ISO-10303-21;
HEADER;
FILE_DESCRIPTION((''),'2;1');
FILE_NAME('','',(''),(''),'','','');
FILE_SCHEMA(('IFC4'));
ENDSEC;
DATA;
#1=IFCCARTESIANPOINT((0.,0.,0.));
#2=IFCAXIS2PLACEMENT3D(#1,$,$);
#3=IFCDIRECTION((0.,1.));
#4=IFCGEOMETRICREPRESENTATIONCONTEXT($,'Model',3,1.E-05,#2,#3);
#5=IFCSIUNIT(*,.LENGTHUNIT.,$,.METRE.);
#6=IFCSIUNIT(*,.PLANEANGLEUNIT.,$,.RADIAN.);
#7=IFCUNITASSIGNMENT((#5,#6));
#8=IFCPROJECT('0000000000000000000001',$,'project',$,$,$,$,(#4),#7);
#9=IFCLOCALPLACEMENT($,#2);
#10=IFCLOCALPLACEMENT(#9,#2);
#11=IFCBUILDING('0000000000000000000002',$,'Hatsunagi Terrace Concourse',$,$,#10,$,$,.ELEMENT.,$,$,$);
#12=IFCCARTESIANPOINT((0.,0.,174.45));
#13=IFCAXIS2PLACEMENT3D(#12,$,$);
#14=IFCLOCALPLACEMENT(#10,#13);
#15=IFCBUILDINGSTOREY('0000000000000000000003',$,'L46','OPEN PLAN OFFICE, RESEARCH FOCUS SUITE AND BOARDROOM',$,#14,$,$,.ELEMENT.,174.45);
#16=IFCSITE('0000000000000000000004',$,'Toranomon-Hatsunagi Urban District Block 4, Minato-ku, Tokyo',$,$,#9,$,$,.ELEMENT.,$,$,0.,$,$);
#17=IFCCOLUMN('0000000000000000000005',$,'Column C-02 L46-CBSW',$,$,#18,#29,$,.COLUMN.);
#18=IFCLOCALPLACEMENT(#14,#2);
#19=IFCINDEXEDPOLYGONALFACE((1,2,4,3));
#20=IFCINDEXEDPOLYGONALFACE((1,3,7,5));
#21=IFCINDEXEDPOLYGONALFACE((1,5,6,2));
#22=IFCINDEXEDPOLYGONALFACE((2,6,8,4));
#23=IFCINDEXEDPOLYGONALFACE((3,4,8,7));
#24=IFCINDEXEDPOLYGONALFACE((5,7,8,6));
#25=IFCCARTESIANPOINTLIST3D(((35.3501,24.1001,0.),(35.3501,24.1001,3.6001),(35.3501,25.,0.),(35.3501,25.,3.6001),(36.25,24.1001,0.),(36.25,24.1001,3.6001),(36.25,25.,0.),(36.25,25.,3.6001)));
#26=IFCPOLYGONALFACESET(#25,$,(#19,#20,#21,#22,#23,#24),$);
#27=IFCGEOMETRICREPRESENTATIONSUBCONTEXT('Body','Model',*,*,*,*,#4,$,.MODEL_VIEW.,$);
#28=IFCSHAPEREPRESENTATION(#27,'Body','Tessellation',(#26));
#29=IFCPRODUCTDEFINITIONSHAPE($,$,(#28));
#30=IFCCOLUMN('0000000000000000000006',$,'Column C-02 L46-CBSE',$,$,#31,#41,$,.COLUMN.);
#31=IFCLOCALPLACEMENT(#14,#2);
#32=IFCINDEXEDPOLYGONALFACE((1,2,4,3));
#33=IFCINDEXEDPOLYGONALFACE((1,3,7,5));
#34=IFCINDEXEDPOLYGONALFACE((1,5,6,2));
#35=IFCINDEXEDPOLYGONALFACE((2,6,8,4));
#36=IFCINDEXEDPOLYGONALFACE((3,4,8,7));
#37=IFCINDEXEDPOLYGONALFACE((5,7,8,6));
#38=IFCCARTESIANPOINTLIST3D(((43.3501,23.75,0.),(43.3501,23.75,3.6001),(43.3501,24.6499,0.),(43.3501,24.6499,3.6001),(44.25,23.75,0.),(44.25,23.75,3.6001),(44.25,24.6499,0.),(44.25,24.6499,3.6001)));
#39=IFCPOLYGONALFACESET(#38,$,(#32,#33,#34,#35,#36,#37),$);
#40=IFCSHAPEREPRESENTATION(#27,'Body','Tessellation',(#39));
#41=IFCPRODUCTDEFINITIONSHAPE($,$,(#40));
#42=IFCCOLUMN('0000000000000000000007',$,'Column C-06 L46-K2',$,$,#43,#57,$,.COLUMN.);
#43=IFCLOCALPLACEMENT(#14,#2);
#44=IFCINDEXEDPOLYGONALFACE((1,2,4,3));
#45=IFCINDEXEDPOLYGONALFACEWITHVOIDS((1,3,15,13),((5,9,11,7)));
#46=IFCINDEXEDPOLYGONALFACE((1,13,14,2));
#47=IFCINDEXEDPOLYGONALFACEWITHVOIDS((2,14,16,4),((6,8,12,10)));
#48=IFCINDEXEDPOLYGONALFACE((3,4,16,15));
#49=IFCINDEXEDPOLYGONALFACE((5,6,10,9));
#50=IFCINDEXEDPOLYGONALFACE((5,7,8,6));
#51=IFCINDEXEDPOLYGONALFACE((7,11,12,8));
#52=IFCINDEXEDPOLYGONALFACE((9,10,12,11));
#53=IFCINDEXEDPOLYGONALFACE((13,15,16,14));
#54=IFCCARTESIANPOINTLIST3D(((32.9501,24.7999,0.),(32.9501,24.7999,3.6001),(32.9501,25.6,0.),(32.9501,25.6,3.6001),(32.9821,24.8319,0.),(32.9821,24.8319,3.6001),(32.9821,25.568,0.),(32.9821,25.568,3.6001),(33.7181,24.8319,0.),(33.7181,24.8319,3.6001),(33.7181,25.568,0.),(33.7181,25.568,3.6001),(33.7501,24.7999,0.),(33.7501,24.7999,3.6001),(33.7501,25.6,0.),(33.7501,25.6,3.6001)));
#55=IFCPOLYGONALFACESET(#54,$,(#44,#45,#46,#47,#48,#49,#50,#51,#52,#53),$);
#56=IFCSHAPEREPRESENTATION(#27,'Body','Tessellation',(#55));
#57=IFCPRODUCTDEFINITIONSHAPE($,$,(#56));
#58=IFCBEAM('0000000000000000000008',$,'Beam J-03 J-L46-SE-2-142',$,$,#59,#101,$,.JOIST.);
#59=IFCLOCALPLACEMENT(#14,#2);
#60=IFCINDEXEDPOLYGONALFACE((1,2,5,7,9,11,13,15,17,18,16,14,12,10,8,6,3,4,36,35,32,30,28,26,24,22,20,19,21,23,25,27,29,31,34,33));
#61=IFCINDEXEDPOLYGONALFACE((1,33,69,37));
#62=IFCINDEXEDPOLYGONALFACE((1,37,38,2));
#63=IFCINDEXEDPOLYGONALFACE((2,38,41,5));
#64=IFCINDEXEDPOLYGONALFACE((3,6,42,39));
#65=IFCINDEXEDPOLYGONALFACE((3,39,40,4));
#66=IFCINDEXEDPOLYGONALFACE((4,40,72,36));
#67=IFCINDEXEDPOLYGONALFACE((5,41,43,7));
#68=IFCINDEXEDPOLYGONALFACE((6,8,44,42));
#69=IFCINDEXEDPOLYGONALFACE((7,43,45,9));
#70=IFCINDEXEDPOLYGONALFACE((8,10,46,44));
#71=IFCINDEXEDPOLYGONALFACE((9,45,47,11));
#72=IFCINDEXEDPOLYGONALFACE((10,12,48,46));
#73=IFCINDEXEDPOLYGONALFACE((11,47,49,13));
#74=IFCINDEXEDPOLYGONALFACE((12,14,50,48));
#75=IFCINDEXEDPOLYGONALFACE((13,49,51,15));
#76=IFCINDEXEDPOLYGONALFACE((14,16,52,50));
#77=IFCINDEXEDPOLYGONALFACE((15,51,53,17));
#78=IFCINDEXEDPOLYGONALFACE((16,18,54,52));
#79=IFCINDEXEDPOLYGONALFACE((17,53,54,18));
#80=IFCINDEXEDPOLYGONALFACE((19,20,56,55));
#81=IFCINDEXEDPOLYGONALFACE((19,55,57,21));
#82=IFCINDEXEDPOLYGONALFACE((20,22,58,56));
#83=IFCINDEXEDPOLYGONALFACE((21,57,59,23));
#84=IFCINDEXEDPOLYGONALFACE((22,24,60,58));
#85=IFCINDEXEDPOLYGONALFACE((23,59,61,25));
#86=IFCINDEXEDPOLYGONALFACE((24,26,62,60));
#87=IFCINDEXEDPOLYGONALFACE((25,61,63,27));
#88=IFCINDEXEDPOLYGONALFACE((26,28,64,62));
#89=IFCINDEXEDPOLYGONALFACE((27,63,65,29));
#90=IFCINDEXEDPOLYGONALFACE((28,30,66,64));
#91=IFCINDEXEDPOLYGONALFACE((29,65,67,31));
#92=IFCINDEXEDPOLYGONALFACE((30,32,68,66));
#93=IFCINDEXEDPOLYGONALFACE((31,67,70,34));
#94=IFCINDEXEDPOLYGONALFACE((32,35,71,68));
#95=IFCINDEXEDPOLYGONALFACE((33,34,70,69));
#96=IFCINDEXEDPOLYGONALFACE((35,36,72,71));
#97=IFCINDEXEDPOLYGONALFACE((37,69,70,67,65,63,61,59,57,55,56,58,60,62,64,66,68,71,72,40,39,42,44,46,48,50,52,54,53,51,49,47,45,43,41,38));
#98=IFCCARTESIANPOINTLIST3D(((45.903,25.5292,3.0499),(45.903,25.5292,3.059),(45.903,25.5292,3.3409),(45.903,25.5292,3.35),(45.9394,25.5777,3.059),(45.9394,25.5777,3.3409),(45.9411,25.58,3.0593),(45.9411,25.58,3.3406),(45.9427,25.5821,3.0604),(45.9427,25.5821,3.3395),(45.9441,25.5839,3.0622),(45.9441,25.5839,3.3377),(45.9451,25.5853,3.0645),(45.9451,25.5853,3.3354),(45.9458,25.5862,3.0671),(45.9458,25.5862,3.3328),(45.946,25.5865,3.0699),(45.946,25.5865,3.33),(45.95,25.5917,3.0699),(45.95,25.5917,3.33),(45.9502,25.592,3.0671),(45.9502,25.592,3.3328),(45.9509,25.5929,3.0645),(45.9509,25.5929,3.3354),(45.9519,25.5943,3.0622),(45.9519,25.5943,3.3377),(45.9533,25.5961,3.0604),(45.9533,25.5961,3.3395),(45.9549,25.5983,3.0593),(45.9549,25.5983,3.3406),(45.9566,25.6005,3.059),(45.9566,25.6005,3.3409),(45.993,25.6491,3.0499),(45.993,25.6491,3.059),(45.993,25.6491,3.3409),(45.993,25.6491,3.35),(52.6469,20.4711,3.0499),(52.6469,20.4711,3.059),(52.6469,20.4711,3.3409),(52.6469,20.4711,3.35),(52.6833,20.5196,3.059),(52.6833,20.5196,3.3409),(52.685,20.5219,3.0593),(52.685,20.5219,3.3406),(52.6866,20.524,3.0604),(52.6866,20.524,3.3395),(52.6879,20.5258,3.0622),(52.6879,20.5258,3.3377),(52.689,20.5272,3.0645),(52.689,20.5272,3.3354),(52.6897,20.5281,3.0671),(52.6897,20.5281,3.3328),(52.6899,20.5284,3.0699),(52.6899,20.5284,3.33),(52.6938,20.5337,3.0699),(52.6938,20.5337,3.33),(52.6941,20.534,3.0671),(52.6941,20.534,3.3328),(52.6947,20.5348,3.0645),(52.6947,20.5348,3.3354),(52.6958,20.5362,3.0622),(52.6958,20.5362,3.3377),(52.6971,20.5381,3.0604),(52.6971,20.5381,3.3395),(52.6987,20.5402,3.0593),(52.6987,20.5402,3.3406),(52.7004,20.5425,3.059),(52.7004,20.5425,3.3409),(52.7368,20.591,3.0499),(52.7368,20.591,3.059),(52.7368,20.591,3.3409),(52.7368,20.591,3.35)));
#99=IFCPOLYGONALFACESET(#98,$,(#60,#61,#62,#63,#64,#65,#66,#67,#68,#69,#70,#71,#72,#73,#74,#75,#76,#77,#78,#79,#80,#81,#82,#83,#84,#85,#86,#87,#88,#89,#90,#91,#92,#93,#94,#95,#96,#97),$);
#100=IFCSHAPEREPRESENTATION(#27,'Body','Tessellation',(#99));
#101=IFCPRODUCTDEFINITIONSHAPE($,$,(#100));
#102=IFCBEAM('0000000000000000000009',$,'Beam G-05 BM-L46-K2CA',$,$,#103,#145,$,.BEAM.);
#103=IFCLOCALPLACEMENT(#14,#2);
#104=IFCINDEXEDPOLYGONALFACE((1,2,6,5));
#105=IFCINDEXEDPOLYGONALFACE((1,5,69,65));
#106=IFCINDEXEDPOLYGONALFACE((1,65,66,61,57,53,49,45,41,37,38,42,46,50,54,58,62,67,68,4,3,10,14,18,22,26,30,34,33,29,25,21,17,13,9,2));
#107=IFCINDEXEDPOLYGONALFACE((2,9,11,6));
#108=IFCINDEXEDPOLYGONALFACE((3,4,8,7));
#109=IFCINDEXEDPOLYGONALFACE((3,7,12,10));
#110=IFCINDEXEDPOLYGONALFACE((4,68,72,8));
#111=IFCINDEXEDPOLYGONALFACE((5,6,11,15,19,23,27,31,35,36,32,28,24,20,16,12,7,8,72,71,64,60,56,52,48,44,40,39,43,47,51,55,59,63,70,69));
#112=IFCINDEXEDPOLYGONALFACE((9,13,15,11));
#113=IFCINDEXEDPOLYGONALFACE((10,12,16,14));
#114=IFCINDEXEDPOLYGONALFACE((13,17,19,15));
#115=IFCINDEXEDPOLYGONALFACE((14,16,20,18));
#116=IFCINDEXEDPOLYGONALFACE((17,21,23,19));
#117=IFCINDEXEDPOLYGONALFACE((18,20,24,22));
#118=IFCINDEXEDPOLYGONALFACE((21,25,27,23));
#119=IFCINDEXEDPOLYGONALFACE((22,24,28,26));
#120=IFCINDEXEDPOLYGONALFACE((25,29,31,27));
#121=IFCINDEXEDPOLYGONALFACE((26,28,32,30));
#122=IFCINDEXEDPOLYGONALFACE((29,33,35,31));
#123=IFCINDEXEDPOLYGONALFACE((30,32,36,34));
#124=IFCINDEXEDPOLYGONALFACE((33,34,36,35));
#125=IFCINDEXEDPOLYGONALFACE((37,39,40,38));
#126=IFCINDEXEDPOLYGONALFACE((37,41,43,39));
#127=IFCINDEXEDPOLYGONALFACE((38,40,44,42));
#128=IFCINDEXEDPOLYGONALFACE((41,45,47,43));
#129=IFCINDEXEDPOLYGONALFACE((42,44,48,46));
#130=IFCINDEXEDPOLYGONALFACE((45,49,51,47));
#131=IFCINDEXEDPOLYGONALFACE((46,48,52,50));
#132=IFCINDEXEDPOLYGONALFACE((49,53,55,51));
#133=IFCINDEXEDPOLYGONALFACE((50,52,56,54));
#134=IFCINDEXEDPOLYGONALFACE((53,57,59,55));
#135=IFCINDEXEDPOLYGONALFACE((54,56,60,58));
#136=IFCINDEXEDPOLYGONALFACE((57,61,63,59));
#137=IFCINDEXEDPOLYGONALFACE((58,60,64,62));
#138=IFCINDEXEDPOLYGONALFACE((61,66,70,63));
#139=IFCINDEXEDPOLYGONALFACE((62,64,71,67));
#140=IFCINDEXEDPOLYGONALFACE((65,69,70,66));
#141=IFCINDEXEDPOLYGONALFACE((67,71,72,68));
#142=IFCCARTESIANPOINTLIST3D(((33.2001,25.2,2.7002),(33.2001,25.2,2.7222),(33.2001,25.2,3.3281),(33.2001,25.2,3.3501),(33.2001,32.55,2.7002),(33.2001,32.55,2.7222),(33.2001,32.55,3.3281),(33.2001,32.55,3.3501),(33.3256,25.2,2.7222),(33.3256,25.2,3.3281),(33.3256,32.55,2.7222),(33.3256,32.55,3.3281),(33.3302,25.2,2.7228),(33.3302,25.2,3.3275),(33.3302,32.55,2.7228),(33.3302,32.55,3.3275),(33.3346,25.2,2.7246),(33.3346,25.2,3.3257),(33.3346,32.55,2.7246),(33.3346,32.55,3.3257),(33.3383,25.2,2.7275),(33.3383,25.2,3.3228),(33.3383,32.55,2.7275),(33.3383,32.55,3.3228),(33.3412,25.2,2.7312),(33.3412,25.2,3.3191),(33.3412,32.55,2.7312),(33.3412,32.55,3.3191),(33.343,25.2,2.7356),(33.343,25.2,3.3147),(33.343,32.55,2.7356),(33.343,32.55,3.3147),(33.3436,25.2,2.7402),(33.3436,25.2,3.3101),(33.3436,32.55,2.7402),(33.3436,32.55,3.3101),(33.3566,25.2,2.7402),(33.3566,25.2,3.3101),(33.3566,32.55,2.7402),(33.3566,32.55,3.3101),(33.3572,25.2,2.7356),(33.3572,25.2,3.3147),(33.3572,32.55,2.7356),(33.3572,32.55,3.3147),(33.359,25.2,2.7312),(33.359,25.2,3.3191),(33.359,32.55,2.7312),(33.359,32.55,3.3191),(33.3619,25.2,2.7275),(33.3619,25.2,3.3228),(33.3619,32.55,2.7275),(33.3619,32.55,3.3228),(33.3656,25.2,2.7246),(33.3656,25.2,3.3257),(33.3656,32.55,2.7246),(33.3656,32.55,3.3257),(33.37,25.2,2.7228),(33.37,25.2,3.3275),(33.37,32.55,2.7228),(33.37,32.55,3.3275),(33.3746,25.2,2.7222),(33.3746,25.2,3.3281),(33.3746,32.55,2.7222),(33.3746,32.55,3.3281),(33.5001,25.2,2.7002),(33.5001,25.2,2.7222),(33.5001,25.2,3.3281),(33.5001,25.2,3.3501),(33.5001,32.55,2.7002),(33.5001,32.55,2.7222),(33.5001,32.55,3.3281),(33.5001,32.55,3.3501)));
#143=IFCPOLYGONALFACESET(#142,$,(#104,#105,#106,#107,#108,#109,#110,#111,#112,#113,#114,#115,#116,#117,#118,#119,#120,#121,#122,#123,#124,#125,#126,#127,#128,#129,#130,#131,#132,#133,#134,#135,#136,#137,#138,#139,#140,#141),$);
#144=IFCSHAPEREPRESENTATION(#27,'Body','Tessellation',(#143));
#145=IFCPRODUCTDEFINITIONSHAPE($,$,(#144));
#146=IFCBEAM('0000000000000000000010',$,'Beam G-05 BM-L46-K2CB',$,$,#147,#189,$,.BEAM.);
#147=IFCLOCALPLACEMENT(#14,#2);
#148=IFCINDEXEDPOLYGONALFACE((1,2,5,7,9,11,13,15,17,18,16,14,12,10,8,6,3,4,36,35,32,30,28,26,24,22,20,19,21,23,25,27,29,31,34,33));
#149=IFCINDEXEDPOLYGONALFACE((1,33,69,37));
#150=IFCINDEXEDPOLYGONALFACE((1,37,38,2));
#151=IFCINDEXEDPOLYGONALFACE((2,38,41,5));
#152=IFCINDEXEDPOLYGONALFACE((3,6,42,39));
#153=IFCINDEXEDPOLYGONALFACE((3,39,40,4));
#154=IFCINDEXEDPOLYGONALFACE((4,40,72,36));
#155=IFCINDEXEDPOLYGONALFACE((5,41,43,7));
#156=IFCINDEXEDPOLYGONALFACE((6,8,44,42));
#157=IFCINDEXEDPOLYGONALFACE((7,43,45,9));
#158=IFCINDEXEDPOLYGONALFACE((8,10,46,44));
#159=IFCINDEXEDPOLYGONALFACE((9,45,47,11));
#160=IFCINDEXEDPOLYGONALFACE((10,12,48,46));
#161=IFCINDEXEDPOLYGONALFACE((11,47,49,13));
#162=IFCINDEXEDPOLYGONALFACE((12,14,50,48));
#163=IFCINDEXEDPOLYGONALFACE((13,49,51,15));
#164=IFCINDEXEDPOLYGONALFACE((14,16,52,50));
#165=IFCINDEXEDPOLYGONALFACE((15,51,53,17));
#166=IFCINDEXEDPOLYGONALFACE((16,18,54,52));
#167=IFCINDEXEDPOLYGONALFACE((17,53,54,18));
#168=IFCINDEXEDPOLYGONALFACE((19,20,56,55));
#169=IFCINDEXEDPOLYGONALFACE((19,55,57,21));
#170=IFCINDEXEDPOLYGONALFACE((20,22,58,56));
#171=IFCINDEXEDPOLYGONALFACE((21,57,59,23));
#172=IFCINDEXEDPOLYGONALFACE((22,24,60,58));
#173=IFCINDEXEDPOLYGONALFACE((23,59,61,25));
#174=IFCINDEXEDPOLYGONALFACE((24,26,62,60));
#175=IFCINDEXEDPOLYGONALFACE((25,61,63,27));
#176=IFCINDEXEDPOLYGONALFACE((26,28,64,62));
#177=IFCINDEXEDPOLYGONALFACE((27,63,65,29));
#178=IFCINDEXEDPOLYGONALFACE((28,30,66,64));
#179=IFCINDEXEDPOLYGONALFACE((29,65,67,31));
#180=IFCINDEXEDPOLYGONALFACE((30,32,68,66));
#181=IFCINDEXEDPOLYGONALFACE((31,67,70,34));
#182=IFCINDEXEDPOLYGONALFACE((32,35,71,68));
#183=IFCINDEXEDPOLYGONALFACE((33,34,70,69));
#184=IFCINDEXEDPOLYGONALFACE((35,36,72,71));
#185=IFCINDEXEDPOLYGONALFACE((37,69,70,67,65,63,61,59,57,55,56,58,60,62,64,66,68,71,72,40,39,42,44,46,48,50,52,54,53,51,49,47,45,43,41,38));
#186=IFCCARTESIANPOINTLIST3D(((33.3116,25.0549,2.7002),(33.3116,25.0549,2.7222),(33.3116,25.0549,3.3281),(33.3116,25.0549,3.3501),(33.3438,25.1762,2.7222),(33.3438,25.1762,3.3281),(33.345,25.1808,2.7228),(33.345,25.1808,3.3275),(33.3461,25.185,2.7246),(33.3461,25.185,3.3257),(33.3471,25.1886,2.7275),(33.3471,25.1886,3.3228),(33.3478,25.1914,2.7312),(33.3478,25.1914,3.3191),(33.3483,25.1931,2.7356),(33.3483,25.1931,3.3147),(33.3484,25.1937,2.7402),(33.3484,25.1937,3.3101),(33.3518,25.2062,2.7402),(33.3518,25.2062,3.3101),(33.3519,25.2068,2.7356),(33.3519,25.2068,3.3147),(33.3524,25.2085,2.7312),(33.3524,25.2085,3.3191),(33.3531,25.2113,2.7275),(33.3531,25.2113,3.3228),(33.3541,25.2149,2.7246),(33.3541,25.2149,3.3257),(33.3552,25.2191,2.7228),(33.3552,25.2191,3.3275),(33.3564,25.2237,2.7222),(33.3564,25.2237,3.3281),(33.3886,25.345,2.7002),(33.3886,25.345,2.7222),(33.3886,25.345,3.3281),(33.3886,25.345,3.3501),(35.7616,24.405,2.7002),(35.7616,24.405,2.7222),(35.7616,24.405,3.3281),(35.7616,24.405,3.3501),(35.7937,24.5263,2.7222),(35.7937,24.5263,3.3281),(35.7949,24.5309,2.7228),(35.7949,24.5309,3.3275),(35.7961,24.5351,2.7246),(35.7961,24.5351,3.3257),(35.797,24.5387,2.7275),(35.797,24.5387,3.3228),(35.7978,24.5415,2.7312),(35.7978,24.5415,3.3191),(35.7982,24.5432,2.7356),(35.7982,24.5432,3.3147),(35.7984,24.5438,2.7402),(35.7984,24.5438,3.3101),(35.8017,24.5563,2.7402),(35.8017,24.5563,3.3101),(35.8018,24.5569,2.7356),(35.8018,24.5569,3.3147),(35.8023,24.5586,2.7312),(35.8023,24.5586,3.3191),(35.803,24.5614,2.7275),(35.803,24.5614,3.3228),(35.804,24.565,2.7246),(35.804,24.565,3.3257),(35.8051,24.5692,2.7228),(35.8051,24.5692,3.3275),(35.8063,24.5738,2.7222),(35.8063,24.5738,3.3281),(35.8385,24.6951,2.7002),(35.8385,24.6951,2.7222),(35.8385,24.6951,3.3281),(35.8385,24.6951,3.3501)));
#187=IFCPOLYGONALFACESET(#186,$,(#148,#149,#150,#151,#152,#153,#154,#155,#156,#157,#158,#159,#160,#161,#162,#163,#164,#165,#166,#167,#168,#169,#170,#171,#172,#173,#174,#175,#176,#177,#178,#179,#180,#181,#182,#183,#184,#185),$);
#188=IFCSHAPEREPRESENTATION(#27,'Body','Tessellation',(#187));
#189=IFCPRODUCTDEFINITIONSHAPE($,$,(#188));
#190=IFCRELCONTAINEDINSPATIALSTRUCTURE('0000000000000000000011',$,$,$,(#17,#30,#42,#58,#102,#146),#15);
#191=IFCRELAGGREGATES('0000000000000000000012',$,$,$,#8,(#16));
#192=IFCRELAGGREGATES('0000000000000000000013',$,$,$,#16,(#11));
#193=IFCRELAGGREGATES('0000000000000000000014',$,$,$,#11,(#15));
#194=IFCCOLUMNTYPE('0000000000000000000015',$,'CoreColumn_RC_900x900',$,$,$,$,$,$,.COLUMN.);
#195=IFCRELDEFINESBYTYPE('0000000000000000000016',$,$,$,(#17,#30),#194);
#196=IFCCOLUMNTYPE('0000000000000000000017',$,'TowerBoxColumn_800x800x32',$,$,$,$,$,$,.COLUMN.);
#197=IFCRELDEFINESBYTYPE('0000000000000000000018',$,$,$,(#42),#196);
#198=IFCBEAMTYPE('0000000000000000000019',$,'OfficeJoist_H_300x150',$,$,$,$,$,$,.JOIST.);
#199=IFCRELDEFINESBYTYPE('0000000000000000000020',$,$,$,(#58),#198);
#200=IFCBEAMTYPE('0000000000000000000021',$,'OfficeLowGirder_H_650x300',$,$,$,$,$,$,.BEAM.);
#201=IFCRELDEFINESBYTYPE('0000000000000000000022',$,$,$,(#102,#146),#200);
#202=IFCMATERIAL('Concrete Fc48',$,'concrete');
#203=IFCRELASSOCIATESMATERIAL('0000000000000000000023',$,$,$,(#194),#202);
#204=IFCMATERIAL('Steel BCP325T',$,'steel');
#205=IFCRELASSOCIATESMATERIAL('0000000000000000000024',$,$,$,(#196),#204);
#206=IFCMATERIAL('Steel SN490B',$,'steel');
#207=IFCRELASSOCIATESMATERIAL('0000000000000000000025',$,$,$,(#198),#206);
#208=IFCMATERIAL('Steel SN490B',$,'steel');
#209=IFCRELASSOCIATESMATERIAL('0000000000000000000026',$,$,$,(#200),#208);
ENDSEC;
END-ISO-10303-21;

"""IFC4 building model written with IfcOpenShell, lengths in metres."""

from ifc_helpers import new_model, si_unit, direction, frame, origin, origin_2d, place, context, subcontext, project, spatial, rectangle, hollow_rectangle, i_section, extrude, material, material_profile, profile_set, type_object, element, save


model = new_model("IFC4")

# Units and contexts
model_context = context("Model", 3, precision=1e-05, world=origin(), true_north=direction((0.0, 1.0)))
body_context = subcontext(model_context, "Body", "Model", "MODEL_VIEW")
ifc_project = project(units=[si_unit("LENGTHUNIT", "METRE"), si_unit("PLANEANGLEUNIT", "RADIAN")], contexts=[model_context])

# Site, building, storey
site_placement = place(None, origin())
site = spatial("IfcSite", under=ifc_project, at=site_placement, Name="Toranomon-Hatsunagi Urban District Block 4, Minato-ku, Tokyo", CompositionType="ELEMENT", RefElevation=0.0)
building_placement = place(site_placement, origin())
building = spatial("IfcBuilding", under=site, at=building_placement, Name="Hatsunagi Terrace Concourse", CompositionType="ELEMENT")
storey_placement = place(building_placement, frame((0.0, 0.0, 174.45)))
storey = spatial("IfcBuildingStorey", under=building, at=storey_placement, Name="L46", Description="OPEN PLAN OFFICE, RESEARCH FOCUS SUITE AND BOARDROOM", CompositionType="ELEMENT", Elevation=174.45)

# Columns
ifc_material_1 = material(Name="Concrete Fc48", Category="concrete")
ifc_material_profile_1 = material_profile(ifc_material_1, rectangle(XDim=0.8999, YDim=0.8999, at=origin_2d()), Name="RC-900x900")
ifc_profile_set_1 = profile_set([ifc_material_profile_1], Name="Concrete Fc48")
column_type_1 = type_object("IfcColumnType", Name="CoreColumn_RC_900x900", PredefinedType="COLUMN", material=ifc_profile_set_1)
for number, where, z_axis, x_axis, name in (
    (1, (35.8, 24.55, 0.0), (0.0, 0.0, 1.0), (1.0, 0.0, 0.0), "Column C-02 L46-CBSW"),
    (2, (43.8, 24.2, 0.0), (0.0, 0.0, 1.0), (1.0, 0.0, 0.0), "Column C-02 L46-CBSE"),
):
    element("IfcColumn", number, at=place(storey_placement, frame(where, z_axis=z_axis, x_axis=x_axis)), inside=storey, type_object=column_type_1, Name=name, PredefinedType="COLUMN", context=body_context, shape_type="SweptSolid", body=[
        extrude(rectangle(XDim=0.8999, YDim=0.8999, at=origin_2d()), origin(), (0.0, 0.0, 1.0), 3.6001),
    ])
ifc_material_2 = material(Name="Steel BCP325T", Category="steel")
ifc_material_profile_2 = material_profile(ifc_material_2, hollow_rectangle(XDim=0.8, YDim=0.8, WallThickness=0.032, at=origin_2d()), Name="BCP-800x800x32")
ifc_profile_set_2 = profile_set([ifc_material_profile_2], Name="Steel BCP325T")
column_type_2 = type_object("IfcColumnType", Name="TowerBoxColumn_800x800x32", PredefinedType="COLUMN", material=ifc_profile_set_2)
column_placement = place(storey_placement, frame((33.3501, 25.2, 0.0), z_axis=(0.0, 0.0, 1.0), x_axis=(1.0, 0.0, 0.0)))
element("IfcColumn", 3, at=column_placement, inside=storey, type_object=column_type_2, Name="Column C-06 L46-K2", PredefinedType="COLUMN", context=body_context, shape_type="SweptSolid", body=[
    extrude(hollow_rectangle(XDim=0.8, YDim=0.8, WallThickness=0.032, at=origin_2d()), origin(), (0.0, 0.0, 1.0), 3.6001),
])

# Beams
ifc_material_3 = material(Name="Steel SN490B", Category="steel")
ifc_material_profile_3 = material_profile(ifc_material_3, i_section(OverallWidth=0.1499, OverallDepth=0.3, WebThickness=0.0066, FlangeThickness=0.009, FilletRadius=0.011, at=origin_2d()), Name="H-300x150x6.5x9")
ifc_profile_set_3 = profile_set([ifc_material_profile_3], Name="Steel SN490B")
beam_type_1 = type_object("IfcBeamType", Name="OfficeJoist_H_300x150", PredefinedType="JOIST", material=ifc_profile_set_3)
beam_1_placement = place(storey_placement, frame((45.948, 25.5891, 3.2), z_axis=(0.79999, -0.600014, 0.0), x_axis=(0.600014, 0.79999, 0.0)))
element("IfcBeam", 4, at=beam_1_placement, inside=storey, type_object=beam_type_1, Name="Beam J-03 J-L46-SE-2-142", PredefinedType="JOIST", context=body_context, shape_type="SweptSolid", body=[
    extrude(i_section(OverallWidth=0.1499, OverallDepth=0.3, WebThickness=0.0066, FlangeThickness=0.009, FilletRadius=0.011, at=origin_2d()), origin(), (0.0, 0.0, 1.0), 8.4299),
])
ifc_material_4 = material(Name="Steel SN490B", Category="steel")
ifc_material_profile_4 = material_profile(ifc_material_4, i_section(OverallWidth=0.3, OverallDepth=0.6499, WebThickness=0.0129, FlangeThickness=0.022, FilletRadius=0.0181, at=origin_2d()), Name="H-650x300x13x22")
ifc_profile_set_4 = profile_set([ifc_material_profile_4], Name="Steel SN490B")
beam_type_2 = type_object("IfcBeamType", Name="OfficeLowGirder_H_650x300", PredefinedType="BEAM", material=ifc_profile_set_4)
beam_2_placement = place(storey_placement, frame((33.3501, 25.2, 3.0251), z_axis=(0.0, 1.0, 0.0), x_axis=(-1.0, 0.0, 0.0)))
element("IfcBeam", 5, at=beam_2_placement, inside=storey, type_object=beam_type_2, Name="Beam G-05 BM-L46-K2CA", PredefinedType="BEAM", context=body_context, shape_type="SweptSolid", body=[
    extrude(i_section(OverallWidth=0.3, OverallDepth=0.6499, WebThickness=0.0129, FlangeThickness=0.022, FilletRadius=0.0181, at=origin_2d()), origin(), (0.0, 0.0, 1.0), 7.3501),
])
beam_3_placement = place(storey_placement, frame((33.3501, 25.2, 3.0251), z_axis=(0.96657, -0.256403, 0.0), x_axis=(0.256403, 0.96657, 0.0)))
element("IfcBeam", 6, at=beam_3_placement, inside=storey, type_object=beam_type_2, Name="Beam G-05 BM-L46-K2CB", PredefinedType="BEAM", context=body_context, shape_type="SweptSolid", body=[
    extrude(i_section(OverallWidth=0.3, OverallDepth=0.6499, WebThickness=0.0129, FlangeThickness=0.022, FilletRadius=0.0181, at=origin_2d()), origin(), (0.0, 0.0, 1.0), 2.5347),
])

save(model, "model.ifc")
